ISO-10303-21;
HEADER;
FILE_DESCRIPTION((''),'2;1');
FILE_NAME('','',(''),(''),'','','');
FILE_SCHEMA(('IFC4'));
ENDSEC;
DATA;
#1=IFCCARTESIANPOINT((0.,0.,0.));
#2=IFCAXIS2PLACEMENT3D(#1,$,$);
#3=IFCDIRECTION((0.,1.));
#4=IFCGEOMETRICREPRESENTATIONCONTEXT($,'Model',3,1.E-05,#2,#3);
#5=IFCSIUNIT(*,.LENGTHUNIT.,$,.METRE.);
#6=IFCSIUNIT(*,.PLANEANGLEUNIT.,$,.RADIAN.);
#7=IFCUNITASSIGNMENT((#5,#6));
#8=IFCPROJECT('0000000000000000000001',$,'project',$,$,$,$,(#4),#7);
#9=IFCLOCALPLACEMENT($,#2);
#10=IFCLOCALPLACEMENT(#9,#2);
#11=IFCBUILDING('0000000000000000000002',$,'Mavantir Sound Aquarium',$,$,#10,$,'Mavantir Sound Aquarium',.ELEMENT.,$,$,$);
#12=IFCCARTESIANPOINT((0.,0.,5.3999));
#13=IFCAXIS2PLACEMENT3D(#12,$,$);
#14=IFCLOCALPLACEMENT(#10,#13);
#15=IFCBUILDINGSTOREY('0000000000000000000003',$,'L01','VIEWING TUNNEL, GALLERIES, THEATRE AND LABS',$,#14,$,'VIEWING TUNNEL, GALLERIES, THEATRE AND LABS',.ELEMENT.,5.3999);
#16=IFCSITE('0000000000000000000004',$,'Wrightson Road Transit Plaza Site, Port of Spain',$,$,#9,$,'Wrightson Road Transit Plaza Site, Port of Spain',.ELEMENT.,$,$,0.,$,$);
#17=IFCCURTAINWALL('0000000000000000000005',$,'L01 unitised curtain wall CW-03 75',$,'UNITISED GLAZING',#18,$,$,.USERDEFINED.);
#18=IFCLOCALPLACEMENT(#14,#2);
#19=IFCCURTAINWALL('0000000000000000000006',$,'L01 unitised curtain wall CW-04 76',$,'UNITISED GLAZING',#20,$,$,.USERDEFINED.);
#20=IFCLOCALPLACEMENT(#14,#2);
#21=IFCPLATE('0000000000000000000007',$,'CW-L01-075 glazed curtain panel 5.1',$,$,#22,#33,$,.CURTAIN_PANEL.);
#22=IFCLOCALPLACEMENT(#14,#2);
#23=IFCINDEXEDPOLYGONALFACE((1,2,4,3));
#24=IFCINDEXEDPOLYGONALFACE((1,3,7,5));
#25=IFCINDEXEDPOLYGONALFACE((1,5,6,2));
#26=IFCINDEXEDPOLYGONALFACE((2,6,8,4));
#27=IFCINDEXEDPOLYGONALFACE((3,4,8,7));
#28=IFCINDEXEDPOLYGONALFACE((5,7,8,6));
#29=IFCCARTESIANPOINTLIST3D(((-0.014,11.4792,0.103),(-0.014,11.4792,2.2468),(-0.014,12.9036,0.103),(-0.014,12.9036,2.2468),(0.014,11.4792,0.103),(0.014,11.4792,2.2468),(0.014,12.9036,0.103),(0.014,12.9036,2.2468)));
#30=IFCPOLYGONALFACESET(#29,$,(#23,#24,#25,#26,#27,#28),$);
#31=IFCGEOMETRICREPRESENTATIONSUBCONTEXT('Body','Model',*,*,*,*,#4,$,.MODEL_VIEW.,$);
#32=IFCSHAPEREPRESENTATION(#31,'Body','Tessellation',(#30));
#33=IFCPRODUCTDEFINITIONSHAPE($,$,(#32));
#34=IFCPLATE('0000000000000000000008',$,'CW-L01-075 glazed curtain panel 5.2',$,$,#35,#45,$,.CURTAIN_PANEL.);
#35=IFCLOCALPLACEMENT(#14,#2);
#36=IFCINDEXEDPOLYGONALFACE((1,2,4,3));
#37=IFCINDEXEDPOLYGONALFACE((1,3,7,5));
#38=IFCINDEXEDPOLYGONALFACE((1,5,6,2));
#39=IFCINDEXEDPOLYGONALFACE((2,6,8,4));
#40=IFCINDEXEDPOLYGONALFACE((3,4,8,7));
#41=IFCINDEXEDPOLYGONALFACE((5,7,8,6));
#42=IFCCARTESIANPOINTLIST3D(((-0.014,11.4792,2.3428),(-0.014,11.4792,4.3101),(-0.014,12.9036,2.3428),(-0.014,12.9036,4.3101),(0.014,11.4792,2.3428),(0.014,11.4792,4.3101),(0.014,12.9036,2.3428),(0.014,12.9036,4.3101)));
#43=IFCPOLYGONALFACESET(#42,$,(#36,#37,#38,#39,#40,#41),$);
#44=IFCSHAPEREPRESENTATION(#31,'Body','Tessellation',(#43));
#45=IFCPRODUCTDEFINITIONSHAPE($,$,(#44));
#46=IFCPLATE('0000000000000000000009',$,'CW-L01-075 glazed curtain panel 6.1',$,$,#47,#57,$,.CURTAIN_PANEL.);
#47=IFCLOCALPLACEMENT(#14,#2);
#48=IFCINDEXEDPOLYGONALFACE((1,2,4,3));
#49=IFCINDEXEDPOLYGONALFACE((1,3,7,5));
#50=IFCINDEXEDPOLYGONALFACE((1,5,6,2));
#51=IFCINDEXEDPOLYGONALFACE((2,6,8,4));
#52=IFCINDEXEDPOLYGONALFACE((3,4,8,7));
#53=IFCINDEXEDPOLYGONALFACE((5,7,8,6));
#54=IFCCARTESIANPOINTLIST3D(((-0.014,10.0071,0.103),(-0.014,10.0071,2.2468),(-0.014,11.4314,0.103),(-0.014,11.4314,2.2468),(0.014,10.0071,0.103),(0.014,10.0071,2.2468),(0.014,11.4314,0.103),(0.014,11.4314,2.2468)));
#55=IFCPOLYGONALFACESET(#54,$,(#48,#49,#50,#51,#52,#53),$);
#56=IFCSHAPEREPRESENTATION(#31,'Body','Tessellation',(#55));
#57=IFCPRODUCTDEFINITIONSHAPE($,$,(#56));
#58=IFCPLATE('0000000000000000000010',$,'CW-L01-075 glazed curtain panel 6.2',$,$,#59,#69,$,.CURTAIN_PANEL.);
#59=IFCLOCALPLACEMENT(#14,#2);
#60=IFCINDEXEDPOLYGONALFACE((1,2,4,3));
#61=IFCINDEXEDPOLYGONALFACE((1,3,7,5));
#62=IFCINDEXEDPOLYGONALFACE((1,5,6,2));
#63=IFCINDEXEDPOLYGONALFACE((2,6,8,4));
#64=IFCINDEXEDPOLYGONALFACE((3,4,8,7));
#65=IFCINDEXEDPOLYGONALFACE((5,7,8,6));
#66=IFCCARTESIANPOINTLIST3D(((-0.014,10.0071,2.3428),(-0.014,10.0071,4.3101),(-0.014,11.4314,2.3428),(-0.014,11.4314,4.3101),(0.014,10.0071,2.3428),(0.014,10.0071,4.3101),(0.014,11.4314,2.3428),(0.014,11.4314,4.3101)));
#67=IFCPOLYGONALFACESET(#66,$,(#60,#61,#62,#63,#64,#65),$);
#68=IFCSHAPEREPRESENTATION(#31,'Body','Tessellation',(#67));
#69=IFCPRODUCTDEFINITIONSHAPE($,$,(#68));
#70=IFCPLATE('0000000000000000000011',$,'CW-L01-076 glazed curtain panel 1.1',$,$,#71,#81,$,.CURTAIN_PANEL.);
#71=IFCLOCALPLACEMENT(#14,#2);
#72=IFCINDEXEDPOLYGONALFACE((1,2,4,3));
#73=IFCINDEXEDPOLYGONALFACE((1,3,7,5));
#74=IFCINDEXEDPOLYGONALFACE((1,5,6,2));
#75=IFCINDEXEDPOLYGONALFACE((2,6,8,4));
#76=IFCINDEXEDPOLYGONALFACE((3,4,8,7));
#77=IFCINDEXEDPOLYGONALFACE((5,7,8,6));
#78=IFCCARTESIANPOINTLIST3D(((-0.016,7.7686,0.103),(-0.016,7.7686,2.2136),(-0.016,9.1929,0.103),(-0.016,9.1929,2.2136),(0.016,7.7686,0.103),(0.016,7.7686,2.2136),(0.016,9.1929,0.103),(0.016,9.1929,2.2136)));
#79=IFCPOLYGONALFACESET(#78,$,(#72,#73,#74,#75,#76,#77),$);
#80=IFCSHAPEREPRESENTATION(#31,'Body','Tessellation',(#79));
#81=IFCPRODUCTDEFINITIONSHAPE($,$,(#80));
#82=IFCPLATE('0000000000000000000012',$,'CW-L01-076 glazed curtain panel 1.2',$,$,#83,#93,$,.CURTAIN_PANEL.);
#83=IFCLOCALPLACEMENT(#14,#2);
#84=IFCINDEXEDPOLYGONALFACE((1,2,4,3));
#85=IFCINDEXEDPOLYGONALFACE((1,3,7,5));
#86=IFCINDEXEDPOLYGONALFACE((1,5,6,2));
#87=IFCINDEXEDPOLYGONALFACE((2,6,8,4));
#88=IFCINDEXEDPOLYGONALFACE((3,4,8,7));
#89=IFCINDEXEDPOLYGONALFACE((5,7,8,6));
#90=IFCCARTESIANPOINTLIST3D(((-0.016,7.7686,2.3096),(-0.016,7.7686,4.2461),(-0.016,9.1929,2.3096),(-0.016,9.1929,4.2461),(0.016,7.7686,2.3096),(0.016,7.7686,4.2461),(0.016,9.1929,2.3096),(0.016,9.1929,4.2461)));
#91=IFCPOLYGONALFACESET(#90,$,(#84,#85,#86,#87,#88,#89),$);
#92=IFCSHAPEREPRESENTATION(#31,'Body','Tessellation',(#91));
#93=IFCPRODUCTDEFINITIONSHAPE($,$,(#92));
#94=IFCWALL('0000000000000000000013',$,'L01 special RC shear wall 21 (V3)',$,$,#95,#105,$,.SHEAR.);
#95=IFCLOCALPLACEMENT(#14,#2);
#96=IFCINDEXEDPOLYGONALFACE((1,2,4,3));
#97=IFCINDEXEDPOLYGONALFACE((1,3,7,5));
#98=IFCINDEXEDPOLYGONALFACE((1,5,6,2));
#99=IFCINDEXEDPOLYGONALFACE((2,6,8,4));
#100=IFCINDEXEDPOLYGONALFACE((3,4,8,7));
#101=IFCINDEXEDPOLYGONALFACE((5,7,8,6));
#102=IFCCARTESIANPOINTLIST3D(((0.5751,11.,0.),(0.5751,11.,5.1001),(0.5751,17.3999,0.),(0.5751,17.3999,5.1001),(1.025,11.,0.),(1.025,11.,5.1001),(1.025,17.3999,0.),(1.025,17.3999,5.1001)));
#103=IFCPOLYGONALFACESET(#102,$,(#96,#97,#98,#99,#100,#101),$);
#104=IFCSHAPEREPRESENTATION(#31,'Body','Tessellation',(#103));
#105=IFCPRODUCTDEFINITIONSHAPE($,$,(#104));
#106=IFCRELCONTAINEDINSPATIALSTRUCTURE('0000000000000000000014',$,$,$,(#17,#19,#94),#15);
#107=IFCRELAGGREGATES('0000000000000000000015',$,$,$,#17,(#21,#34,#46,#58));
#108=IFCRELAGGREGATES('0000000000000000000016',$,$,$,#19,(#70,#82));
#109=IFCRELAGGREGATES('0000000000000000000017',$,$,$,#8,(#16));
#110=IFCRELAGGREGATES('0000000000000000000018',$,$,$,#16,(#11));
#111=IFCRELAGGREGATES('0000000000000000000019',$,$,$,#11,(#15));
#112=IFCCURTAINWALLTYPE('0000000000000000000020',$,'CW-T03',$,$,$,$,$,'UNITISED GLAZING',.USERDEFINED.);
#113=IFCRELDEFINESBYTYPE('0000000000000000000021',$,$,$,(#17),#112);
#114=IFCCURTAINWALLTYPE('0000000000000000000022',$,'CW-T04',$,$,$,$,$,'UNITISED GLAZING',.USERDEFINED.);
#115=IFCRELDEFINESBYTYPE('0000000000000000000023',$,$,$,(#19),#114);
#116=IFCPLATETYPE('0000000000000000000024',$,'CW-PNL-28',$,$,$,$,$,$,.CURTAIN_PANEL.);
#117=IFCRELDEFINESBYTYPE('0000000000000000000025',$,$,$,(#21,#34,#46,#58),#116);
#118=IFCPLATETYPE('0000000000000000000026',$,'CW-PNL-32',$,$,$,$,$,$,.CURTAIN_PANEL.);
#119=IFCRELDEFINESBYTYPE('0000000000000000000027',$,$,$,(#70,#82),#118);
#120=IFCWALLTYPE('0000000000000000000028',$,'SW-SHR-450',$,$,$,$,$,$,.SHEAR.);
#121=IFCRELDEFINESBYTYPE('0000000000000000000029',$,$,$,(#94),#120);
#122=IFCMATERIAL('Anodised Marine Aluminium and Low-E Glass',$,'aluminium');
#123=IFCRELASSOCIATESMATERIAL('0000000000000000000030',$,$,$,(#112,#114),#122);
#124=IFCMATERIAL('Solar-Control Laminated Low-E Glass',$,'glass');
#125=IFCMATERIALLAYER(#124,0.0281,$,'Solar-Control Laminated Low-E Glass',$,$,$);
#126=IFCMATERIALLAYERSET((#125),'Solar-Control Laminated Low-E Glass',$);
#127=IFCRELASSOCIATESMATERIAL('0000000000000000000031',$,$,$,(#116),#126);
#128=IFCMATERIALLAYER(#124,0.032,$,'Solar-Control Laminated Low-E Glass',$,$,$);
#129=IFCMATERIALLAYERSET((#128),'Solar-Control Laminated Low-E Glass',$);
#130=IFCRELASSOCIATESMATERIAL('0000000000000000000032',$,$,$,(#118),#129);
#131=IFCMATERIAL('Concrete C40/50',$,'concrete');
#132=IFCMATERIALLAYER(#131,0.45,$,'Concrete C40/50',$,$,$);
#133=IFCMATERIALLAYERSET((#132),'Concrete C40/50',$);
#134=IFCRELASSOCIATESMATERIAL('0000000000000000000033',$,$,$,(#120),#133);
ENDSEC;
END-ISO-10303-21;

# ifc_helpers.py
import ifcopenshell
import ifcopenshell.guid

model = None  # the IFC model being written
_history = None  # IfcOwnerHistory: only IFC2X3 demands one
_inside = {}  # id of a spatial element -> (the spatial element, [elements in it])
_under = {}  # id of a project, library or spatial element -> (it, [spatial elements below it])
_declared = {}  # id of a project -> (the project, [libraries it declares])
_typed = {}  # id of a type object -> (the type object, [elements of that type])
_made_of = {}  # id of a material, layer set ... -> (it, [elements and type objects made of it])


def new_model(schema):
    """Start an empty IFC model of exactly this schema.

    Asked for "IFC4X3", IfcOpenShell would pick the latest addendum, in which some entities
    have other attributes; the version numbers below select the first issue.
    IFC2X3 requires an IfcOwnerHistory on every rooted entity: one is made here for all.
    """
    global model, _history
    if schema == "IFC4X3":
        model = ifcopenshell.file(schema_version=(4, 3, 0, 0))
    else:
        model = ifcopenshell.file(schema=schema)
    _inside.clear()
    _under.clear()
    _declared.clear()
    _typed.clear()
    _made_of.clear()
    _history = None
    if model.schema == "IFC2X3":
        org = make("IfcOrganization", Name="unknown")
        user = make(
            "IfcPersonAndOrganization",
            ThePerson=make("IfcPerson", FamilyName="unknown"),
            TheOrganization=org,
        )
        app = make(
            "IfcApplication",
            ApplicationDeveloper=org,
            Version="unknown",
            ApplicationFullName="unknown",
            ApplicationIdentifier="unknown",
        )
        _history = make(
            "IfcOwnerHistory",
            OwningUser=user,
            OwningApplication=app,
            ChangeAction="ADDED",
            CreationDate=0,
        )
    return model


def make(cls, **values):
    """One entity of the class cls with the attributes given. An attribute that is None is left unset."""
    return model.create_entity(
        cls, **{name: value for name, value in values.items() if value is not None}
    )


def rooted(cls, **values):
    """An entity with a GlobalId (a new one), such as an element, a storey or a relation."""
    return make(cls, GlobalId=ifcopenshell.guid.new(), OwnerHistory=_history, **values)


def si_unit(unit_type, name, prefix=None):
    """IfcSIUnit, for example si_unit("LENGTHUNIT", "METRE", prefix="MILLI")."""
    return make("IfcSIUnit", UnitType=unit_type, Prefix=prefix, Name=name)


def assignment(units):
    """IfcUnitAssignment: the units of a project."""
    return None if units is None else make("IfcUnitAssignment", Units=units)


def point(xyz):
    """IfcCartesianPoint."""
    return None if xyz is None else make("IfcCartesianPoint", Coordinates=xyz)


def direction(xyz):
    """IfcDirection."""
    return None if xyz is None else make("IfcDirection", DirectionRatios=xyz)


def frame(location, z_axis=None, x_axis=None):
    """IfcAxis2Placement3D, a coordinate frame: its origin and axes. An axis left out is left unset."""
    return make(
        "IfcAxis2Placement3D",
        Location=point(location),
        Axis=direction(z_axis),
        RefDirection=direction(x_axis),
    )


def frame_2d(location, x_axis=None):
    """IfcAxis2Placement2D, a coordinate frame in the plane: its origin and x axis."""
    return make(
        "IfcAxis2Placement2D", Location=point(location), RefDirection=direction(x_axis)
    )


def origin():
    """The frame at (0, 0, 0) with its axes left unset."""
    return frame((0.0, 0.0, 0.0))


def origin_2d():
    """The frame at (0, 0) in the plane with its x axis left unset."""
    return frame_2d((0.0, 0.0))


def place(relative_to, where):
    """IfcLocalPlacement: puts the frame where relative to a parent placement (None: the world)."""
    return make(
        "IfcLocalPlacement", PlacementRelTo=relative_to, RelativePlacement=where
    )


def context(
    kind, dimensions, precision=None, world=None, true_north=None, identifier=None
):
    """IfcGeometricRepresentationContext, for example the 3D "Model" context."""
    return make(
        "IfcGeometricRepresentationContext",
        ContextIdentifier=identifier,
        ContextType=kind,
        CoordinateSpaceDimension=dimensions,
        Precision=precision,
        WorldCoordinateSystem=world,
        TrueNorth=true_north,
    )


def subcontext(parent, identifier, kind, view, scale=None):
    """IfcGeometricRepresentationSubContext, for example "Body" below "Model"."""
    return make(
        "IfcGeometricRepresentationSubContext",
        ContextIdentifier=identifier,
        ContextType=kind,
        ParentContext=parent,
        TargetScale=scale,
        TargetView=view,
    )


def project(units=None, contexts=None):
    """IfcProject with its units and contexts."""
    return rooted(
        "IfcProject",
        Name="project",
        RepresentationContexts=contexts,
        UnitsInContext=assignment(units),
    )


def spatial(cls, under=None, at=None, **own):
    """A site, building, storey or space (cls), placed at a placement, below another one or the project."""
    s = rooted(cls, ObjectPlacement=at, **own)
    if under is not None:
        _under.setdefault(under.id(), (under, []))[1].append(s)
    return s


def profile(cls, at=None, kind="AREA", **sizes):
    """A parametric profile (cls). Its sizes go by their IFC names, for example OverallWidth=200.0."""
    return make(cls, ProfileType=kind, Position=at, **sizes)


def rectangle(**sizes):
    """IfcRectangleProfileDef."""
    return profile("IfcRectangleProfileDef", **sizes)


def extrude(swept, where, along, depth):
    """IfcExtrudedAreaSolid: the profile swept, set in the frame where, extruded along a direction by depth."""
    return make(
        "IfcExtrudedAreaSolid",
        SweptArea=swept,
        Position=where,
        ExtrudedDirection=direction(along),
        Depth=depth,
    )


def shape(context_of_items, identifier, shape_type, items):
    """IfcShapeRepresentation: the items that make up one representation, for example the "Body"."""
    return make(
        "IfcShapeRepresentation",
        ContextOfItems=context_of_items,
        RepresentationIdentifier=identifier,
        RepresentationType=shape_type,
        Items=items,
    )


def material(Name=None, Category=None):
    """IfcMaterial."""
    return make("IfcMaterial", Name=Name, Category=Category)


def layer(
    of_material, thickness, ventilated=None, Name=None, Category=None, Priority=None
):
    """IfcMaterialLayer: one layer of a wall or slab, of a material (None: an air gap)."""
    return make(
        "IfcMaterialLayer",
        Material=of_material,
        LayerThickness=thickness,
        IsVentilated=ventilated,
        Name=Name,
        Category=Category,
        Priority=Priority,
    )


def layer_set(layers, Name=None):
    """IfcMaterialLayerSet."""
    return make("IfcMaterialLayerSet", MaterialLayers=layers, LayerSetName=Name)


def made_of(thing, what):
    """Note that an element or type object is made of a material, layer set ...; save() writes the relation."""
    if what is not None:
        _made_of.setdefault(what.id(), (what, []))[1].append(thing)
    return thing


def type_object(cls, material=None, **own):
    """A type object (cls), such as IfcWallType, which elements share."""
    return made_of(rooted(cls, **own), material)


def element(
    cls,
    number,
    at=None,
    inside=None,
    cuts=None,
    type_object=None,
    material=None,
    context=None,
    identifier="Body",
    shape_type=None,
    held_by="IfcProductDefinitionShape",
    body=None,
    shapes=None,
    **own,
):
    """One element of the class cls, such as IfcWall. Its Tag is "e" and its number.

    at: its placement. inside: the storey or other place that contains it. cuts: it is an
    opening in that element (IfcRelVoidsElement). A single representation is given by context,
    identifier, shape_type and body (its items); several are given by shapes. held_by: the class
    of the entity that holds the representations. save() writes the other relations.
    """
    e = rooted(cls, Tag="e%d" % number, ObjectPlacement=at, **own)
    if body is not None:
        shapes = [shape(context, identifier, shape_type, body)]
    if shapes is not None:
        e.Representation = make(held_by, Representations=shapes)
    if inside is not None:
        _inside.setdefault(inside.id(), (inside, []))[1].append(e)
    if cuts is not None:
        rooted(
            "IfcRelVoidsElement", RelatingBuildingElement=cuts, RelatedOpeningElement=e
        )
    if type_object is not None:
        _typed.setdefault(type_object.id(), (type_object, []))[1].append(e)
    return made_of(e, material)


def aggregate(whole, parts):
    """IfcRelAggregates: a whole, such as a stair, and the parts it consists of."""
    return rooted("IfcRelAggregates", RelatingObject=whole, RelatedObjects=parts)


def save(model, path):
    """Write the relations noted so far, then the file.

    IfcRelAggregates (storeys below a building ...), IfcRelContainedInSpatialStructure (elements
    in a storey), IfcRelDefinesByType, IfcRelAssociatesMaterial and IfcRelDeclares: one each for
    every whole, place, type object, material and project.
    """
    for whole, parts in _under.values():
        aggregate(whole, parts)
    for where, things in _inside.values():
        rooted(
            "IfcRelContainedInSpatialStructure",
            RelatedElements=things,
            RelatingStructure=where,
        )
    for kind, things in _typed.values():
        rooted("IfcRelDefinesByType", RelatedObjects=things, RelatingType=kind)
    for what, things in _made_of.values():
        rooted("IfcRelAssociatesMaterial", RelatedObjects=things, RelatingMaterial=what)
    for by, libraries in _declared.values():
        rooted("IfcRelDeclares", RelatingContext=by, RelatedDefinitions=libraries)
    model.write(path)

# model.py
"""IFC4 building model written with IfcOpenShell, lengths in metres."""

from ifc_helpers import new_model, si_unit, direction, frame, frame_2d, origin, origin_2d, place, context, subcontext, project, spatial, rectangle, extrude, material, layer, layer_set, type_object, element, aggregate, save


model = new_model("IFC4")

# Units and contexts
model_context = context("Model", 3, precision=1e-05, world=origin(), true_north=direction((0.0, 1.0)))
body_context = subcontext(model_context, "Body", "Model", "MODEL_VIEW")
ifc_project = project(units=[si_unit("LENGTHUNIT", "METRE"), si_unit("PLANEANGLEUNIT", "RADIAN")], contexts=[model_context])

# Site, building, storey
site_placement = place(None, origin())
site = spatial("IfcSite", under=ifc_project, at=site_placement, Name="Wrightson Road Transit Plaza Site, Port of Spain", LongName="Wrightson Road Transit Plaza Site, Port of Spain", CompositionType="ELEMENT", RefElevation=0.0)
building_placement = place(site_placement, origin())
building = spatial("IfcBuilding", under=site, at=building_placement, Name="Mavantir Sound Aquarium", LongName="Mavantir Sound Aquarium", CompositionType="ELEMENT")
storey_placement = place(building_placement, frame((0.0, 0.0, 5.3999)))
storey = spatial("IfcBuildingStorey", under=building, at=storey_placement, Name="L01", Description="VIEWING TUNNEL, GALLERIES, THEATRE AND LABS", LongName="VIEWING TUNNEL, GALLERIES, THEATRE AND LABS", CompositionType="ELEMENT", Elevation=5.3999)

# Shared definitions
ifc_material_1 = material(Name="Concrete C40/50", Category="concrete")

# Curtain wall
ifc_material_2 = material(Name="Anodised Marine Aluminium and Low-E Glass", Category="aluminium")
curtain_wall_type_1 = type_object("IfcCurtainWallType", Name="CW-T03", ElementType="UNITISED GLAZING", PredefinedType="USERDEFINED", material=ifc_material_2)
curtain_wall_1_placement = place(storey_placement, origin())
curtain_wall_1 = element("IfcCurtainWall", 1, at=curtain_wall_1_placement, inside=storey, type_object=curtain_wall_type_1, Name="L01 unitised curtain wall CW-03 75", ObjectType="UNITISED GLAZING", PredefinedType="USERDEFINED")

# Curtain wall
curtain_wall_type_2 = type_object("IfcCurtainWallType", Name="CW-T04", ElementType="UNITISED GLAZING", PredefinedType="USERDEFINED", material=ifc_material_2)
curtain_wall_2_placement = place(storey_placement, origin())
curtain_wall_2 = element("IfcCurtainWall", 2, at=curtain_wall_2_placement, inside=storey, type_object=curtain_wall_type_2, Name="L01 unitised curtain wall CW-04 76", ObjectType="UNITISED GLAZING", PredefinedType="USERDEFINED")

# Plates
ifc_material_3 = material(Name="Solar-Control Laminated Low-E Glass", Category="glass")
ifc_layer_1 = layer(ifc_material_3, 0.0281, Name="Solar-Control Laminated Low-E Glass")
ifc_layer_set_1 = layer_set([ifc_layer_1], Name="Solar-Control Laminated Low-E Glass")
plate_type_1 = type_object("IfcPlateType", Name="CW-PNL-28", PredefinedType="CURTAIN_PANEL", material=ifc_layer_set_1)
plate_1_placement = place(storey_placement, frame((0.0, 12.1914, 0.103), z_axis=(0.0, 0.0, 1.0), x_axis=(0.0, -1.0, 0.0)))
plate_1 = element("IfcPlate", 3, at=plate_1_placement, type_object=plate_type_1, Name="CW-L01-075 glazed curtain panel 5.1", PredefinedType="CURTAIN_PANEL", context=body_context, shape_type="SweptSolid", body=[
    extrude(rectangle(XDim=1.4243, YDim=0.0281, at=origin_2d()), origin(), (0.0, 0.0, 1.0), 2.1438),
])
plate_2_placement = place(storey_placement, frame((0.0, 12.1914, 2.3428), z_axis=(0.0, 0.0, 1.0), x_axis=(0.0, -1.0, 0.0)))
plate_2 = element("IfcPlate", 4, at=plate_2_placement, type_object=plate_type_1, Name="CW-L01-075 glazed curtain panel 5.2", PredefinedType="CURTAIN_PANEL", context=body_context, shape_type="SweptSolid", body=[
    extrude(rectangle(XDim=1.4243, YDim=0.0281, at=origin_2d()), origin(), (0.0, 0.0, 1.0), 1.9673),
])
plate_3_placement = place(storey_placement, frame((0.0, 10.7192, 0.103), z_axis=(0.0, 0.0, 1.0), x_axis=(0.0, -1.0, 0.0)))
plate_3 = element("IfcPlate", 5, at=plate_3_placement, type_object=plate_type_1, Name="CW-L01-075 glazed curtain panel 6.1", PredefinedType="CURTAIN_PANEL", context=body_context, shape_type="SweptSolid", body=[
    extrude(rectangle(XDim=1.4243, YDim=0.0281, at=origin_2d()), origin(), (0.0, 0.0, 1.0), 2.1438),
])
plate_4_placement = place(storey_placement, frame((0.0, 10.7192, 2.3428), z_axis=(0.0, 0.0, 1.0), x_axis=(0.0, -1.0, 0.0)))
plate_4 = element("IfcPlate", 6, at=plate_4_placement, type_object=plate_type_1, Name="CW-L01-075 glazed curtain panel 6.2", PredefinedType="CURTAIN_PANEL", context=body_context, shape_type="SweptSolid", body=[
    extrude(rectangle(XDim=1.4243, YDim=0.0281, at=origin_2d()), origin(), (0.0, 0.0, 1.0), 1.9673),
])
aggregate(curtain_wall_1, [plate_1, plate_2, plate_3, plate_4])
ifc_layer_2 = layer(ifc_material_3, 0.032, Name="Solar-Control Laminated Low-E Glass")
ifc_layer_set_2 = layer_set([ifc_layer_2], Name="Solar-Control Laminated Low-E Glass")
plate_type_2 = type_object("IfcPlateType", Name="CW-PNL-32", PredefinedType="CURTAIN_PANEL", material=ifc_layer_set_2)
plate_5_placement = place(storey_placement, frame((0.0, 8.4807, 0.103), z_axis=(0.0, 0.0, 1.0), x_axis=(0.0, -1.0, 0.0)))
plate_5 = element("IfcPlate", 7, at=plate_5_placement, type_object=plate_type_2, Name="CW-L01-076 glazed curtain panel 1.1", PredefinedType="CURTAIN_PANEL", context=body_context, shape_type="SweptSolid", body=[
    extrude(rectangle(XDim=1.4243, YDim=0.032, at=origin_2d()), origin(), (0.0, 0.0, 1.0), 2.1106),
])
plate_6_placement = place(storey_placement, frame((0.0, 8.4807, 2.3096), z_axis=(0.0, 0.0, 1.0), x_axis=(0.0, -1.0, 0.0)))
plate_6 = element("IfcPlate", 8, at=plate_6_placement, type_object=plate_type_2, Name="CW-L01-076 glazed curtain panel 1.2", PredefinedType="CURTAIN_PANEL", context=body_context, shape_type="SweptSolid", body=[
    extrude(rectangle(XDim=1.4243, YDim=0.032, at=origin_2d()), origin(), (0.0, 0.0, 1.0), 1.9365),
])
aggregate(curtain_wall_2, [plate_5, plate_6])

# Wall
ifc_layer_3 = layer(ifc_material_1, 0.45, Name="Concrete C40/50")
ifc_layer_set_3 = layer_set([ifc_layer_3], Name="Concrete C40/50")
wall_type = type_object("IfcWallType", Name="SW-SHR-450", PredefinedType="SHEAR", material=ifc_layer_set_3)
wall_placement = place(storey_placement, frame((0.8, 11.0, 0.0), z_axis=(0.0, 0.0, 1.0), x_axis=(0.0, 1.0, 0.0)))
element("IfcWall", 9, at=wall_placement, inside=storey, type_object=wall_type, Name="L01 special RC shear wall 21 (V3)", PredefinedType="SHEAR", context=body_context, shape_type="SweptSolid", body=[
    extrude(rectangle(XDim=6.3999, YDim=0.45, at=frame_2d((3.2, 0.0))), origin(), (0.0, 0.0, 1.0), 5.1001),
])

save(model, "model.ifc")
